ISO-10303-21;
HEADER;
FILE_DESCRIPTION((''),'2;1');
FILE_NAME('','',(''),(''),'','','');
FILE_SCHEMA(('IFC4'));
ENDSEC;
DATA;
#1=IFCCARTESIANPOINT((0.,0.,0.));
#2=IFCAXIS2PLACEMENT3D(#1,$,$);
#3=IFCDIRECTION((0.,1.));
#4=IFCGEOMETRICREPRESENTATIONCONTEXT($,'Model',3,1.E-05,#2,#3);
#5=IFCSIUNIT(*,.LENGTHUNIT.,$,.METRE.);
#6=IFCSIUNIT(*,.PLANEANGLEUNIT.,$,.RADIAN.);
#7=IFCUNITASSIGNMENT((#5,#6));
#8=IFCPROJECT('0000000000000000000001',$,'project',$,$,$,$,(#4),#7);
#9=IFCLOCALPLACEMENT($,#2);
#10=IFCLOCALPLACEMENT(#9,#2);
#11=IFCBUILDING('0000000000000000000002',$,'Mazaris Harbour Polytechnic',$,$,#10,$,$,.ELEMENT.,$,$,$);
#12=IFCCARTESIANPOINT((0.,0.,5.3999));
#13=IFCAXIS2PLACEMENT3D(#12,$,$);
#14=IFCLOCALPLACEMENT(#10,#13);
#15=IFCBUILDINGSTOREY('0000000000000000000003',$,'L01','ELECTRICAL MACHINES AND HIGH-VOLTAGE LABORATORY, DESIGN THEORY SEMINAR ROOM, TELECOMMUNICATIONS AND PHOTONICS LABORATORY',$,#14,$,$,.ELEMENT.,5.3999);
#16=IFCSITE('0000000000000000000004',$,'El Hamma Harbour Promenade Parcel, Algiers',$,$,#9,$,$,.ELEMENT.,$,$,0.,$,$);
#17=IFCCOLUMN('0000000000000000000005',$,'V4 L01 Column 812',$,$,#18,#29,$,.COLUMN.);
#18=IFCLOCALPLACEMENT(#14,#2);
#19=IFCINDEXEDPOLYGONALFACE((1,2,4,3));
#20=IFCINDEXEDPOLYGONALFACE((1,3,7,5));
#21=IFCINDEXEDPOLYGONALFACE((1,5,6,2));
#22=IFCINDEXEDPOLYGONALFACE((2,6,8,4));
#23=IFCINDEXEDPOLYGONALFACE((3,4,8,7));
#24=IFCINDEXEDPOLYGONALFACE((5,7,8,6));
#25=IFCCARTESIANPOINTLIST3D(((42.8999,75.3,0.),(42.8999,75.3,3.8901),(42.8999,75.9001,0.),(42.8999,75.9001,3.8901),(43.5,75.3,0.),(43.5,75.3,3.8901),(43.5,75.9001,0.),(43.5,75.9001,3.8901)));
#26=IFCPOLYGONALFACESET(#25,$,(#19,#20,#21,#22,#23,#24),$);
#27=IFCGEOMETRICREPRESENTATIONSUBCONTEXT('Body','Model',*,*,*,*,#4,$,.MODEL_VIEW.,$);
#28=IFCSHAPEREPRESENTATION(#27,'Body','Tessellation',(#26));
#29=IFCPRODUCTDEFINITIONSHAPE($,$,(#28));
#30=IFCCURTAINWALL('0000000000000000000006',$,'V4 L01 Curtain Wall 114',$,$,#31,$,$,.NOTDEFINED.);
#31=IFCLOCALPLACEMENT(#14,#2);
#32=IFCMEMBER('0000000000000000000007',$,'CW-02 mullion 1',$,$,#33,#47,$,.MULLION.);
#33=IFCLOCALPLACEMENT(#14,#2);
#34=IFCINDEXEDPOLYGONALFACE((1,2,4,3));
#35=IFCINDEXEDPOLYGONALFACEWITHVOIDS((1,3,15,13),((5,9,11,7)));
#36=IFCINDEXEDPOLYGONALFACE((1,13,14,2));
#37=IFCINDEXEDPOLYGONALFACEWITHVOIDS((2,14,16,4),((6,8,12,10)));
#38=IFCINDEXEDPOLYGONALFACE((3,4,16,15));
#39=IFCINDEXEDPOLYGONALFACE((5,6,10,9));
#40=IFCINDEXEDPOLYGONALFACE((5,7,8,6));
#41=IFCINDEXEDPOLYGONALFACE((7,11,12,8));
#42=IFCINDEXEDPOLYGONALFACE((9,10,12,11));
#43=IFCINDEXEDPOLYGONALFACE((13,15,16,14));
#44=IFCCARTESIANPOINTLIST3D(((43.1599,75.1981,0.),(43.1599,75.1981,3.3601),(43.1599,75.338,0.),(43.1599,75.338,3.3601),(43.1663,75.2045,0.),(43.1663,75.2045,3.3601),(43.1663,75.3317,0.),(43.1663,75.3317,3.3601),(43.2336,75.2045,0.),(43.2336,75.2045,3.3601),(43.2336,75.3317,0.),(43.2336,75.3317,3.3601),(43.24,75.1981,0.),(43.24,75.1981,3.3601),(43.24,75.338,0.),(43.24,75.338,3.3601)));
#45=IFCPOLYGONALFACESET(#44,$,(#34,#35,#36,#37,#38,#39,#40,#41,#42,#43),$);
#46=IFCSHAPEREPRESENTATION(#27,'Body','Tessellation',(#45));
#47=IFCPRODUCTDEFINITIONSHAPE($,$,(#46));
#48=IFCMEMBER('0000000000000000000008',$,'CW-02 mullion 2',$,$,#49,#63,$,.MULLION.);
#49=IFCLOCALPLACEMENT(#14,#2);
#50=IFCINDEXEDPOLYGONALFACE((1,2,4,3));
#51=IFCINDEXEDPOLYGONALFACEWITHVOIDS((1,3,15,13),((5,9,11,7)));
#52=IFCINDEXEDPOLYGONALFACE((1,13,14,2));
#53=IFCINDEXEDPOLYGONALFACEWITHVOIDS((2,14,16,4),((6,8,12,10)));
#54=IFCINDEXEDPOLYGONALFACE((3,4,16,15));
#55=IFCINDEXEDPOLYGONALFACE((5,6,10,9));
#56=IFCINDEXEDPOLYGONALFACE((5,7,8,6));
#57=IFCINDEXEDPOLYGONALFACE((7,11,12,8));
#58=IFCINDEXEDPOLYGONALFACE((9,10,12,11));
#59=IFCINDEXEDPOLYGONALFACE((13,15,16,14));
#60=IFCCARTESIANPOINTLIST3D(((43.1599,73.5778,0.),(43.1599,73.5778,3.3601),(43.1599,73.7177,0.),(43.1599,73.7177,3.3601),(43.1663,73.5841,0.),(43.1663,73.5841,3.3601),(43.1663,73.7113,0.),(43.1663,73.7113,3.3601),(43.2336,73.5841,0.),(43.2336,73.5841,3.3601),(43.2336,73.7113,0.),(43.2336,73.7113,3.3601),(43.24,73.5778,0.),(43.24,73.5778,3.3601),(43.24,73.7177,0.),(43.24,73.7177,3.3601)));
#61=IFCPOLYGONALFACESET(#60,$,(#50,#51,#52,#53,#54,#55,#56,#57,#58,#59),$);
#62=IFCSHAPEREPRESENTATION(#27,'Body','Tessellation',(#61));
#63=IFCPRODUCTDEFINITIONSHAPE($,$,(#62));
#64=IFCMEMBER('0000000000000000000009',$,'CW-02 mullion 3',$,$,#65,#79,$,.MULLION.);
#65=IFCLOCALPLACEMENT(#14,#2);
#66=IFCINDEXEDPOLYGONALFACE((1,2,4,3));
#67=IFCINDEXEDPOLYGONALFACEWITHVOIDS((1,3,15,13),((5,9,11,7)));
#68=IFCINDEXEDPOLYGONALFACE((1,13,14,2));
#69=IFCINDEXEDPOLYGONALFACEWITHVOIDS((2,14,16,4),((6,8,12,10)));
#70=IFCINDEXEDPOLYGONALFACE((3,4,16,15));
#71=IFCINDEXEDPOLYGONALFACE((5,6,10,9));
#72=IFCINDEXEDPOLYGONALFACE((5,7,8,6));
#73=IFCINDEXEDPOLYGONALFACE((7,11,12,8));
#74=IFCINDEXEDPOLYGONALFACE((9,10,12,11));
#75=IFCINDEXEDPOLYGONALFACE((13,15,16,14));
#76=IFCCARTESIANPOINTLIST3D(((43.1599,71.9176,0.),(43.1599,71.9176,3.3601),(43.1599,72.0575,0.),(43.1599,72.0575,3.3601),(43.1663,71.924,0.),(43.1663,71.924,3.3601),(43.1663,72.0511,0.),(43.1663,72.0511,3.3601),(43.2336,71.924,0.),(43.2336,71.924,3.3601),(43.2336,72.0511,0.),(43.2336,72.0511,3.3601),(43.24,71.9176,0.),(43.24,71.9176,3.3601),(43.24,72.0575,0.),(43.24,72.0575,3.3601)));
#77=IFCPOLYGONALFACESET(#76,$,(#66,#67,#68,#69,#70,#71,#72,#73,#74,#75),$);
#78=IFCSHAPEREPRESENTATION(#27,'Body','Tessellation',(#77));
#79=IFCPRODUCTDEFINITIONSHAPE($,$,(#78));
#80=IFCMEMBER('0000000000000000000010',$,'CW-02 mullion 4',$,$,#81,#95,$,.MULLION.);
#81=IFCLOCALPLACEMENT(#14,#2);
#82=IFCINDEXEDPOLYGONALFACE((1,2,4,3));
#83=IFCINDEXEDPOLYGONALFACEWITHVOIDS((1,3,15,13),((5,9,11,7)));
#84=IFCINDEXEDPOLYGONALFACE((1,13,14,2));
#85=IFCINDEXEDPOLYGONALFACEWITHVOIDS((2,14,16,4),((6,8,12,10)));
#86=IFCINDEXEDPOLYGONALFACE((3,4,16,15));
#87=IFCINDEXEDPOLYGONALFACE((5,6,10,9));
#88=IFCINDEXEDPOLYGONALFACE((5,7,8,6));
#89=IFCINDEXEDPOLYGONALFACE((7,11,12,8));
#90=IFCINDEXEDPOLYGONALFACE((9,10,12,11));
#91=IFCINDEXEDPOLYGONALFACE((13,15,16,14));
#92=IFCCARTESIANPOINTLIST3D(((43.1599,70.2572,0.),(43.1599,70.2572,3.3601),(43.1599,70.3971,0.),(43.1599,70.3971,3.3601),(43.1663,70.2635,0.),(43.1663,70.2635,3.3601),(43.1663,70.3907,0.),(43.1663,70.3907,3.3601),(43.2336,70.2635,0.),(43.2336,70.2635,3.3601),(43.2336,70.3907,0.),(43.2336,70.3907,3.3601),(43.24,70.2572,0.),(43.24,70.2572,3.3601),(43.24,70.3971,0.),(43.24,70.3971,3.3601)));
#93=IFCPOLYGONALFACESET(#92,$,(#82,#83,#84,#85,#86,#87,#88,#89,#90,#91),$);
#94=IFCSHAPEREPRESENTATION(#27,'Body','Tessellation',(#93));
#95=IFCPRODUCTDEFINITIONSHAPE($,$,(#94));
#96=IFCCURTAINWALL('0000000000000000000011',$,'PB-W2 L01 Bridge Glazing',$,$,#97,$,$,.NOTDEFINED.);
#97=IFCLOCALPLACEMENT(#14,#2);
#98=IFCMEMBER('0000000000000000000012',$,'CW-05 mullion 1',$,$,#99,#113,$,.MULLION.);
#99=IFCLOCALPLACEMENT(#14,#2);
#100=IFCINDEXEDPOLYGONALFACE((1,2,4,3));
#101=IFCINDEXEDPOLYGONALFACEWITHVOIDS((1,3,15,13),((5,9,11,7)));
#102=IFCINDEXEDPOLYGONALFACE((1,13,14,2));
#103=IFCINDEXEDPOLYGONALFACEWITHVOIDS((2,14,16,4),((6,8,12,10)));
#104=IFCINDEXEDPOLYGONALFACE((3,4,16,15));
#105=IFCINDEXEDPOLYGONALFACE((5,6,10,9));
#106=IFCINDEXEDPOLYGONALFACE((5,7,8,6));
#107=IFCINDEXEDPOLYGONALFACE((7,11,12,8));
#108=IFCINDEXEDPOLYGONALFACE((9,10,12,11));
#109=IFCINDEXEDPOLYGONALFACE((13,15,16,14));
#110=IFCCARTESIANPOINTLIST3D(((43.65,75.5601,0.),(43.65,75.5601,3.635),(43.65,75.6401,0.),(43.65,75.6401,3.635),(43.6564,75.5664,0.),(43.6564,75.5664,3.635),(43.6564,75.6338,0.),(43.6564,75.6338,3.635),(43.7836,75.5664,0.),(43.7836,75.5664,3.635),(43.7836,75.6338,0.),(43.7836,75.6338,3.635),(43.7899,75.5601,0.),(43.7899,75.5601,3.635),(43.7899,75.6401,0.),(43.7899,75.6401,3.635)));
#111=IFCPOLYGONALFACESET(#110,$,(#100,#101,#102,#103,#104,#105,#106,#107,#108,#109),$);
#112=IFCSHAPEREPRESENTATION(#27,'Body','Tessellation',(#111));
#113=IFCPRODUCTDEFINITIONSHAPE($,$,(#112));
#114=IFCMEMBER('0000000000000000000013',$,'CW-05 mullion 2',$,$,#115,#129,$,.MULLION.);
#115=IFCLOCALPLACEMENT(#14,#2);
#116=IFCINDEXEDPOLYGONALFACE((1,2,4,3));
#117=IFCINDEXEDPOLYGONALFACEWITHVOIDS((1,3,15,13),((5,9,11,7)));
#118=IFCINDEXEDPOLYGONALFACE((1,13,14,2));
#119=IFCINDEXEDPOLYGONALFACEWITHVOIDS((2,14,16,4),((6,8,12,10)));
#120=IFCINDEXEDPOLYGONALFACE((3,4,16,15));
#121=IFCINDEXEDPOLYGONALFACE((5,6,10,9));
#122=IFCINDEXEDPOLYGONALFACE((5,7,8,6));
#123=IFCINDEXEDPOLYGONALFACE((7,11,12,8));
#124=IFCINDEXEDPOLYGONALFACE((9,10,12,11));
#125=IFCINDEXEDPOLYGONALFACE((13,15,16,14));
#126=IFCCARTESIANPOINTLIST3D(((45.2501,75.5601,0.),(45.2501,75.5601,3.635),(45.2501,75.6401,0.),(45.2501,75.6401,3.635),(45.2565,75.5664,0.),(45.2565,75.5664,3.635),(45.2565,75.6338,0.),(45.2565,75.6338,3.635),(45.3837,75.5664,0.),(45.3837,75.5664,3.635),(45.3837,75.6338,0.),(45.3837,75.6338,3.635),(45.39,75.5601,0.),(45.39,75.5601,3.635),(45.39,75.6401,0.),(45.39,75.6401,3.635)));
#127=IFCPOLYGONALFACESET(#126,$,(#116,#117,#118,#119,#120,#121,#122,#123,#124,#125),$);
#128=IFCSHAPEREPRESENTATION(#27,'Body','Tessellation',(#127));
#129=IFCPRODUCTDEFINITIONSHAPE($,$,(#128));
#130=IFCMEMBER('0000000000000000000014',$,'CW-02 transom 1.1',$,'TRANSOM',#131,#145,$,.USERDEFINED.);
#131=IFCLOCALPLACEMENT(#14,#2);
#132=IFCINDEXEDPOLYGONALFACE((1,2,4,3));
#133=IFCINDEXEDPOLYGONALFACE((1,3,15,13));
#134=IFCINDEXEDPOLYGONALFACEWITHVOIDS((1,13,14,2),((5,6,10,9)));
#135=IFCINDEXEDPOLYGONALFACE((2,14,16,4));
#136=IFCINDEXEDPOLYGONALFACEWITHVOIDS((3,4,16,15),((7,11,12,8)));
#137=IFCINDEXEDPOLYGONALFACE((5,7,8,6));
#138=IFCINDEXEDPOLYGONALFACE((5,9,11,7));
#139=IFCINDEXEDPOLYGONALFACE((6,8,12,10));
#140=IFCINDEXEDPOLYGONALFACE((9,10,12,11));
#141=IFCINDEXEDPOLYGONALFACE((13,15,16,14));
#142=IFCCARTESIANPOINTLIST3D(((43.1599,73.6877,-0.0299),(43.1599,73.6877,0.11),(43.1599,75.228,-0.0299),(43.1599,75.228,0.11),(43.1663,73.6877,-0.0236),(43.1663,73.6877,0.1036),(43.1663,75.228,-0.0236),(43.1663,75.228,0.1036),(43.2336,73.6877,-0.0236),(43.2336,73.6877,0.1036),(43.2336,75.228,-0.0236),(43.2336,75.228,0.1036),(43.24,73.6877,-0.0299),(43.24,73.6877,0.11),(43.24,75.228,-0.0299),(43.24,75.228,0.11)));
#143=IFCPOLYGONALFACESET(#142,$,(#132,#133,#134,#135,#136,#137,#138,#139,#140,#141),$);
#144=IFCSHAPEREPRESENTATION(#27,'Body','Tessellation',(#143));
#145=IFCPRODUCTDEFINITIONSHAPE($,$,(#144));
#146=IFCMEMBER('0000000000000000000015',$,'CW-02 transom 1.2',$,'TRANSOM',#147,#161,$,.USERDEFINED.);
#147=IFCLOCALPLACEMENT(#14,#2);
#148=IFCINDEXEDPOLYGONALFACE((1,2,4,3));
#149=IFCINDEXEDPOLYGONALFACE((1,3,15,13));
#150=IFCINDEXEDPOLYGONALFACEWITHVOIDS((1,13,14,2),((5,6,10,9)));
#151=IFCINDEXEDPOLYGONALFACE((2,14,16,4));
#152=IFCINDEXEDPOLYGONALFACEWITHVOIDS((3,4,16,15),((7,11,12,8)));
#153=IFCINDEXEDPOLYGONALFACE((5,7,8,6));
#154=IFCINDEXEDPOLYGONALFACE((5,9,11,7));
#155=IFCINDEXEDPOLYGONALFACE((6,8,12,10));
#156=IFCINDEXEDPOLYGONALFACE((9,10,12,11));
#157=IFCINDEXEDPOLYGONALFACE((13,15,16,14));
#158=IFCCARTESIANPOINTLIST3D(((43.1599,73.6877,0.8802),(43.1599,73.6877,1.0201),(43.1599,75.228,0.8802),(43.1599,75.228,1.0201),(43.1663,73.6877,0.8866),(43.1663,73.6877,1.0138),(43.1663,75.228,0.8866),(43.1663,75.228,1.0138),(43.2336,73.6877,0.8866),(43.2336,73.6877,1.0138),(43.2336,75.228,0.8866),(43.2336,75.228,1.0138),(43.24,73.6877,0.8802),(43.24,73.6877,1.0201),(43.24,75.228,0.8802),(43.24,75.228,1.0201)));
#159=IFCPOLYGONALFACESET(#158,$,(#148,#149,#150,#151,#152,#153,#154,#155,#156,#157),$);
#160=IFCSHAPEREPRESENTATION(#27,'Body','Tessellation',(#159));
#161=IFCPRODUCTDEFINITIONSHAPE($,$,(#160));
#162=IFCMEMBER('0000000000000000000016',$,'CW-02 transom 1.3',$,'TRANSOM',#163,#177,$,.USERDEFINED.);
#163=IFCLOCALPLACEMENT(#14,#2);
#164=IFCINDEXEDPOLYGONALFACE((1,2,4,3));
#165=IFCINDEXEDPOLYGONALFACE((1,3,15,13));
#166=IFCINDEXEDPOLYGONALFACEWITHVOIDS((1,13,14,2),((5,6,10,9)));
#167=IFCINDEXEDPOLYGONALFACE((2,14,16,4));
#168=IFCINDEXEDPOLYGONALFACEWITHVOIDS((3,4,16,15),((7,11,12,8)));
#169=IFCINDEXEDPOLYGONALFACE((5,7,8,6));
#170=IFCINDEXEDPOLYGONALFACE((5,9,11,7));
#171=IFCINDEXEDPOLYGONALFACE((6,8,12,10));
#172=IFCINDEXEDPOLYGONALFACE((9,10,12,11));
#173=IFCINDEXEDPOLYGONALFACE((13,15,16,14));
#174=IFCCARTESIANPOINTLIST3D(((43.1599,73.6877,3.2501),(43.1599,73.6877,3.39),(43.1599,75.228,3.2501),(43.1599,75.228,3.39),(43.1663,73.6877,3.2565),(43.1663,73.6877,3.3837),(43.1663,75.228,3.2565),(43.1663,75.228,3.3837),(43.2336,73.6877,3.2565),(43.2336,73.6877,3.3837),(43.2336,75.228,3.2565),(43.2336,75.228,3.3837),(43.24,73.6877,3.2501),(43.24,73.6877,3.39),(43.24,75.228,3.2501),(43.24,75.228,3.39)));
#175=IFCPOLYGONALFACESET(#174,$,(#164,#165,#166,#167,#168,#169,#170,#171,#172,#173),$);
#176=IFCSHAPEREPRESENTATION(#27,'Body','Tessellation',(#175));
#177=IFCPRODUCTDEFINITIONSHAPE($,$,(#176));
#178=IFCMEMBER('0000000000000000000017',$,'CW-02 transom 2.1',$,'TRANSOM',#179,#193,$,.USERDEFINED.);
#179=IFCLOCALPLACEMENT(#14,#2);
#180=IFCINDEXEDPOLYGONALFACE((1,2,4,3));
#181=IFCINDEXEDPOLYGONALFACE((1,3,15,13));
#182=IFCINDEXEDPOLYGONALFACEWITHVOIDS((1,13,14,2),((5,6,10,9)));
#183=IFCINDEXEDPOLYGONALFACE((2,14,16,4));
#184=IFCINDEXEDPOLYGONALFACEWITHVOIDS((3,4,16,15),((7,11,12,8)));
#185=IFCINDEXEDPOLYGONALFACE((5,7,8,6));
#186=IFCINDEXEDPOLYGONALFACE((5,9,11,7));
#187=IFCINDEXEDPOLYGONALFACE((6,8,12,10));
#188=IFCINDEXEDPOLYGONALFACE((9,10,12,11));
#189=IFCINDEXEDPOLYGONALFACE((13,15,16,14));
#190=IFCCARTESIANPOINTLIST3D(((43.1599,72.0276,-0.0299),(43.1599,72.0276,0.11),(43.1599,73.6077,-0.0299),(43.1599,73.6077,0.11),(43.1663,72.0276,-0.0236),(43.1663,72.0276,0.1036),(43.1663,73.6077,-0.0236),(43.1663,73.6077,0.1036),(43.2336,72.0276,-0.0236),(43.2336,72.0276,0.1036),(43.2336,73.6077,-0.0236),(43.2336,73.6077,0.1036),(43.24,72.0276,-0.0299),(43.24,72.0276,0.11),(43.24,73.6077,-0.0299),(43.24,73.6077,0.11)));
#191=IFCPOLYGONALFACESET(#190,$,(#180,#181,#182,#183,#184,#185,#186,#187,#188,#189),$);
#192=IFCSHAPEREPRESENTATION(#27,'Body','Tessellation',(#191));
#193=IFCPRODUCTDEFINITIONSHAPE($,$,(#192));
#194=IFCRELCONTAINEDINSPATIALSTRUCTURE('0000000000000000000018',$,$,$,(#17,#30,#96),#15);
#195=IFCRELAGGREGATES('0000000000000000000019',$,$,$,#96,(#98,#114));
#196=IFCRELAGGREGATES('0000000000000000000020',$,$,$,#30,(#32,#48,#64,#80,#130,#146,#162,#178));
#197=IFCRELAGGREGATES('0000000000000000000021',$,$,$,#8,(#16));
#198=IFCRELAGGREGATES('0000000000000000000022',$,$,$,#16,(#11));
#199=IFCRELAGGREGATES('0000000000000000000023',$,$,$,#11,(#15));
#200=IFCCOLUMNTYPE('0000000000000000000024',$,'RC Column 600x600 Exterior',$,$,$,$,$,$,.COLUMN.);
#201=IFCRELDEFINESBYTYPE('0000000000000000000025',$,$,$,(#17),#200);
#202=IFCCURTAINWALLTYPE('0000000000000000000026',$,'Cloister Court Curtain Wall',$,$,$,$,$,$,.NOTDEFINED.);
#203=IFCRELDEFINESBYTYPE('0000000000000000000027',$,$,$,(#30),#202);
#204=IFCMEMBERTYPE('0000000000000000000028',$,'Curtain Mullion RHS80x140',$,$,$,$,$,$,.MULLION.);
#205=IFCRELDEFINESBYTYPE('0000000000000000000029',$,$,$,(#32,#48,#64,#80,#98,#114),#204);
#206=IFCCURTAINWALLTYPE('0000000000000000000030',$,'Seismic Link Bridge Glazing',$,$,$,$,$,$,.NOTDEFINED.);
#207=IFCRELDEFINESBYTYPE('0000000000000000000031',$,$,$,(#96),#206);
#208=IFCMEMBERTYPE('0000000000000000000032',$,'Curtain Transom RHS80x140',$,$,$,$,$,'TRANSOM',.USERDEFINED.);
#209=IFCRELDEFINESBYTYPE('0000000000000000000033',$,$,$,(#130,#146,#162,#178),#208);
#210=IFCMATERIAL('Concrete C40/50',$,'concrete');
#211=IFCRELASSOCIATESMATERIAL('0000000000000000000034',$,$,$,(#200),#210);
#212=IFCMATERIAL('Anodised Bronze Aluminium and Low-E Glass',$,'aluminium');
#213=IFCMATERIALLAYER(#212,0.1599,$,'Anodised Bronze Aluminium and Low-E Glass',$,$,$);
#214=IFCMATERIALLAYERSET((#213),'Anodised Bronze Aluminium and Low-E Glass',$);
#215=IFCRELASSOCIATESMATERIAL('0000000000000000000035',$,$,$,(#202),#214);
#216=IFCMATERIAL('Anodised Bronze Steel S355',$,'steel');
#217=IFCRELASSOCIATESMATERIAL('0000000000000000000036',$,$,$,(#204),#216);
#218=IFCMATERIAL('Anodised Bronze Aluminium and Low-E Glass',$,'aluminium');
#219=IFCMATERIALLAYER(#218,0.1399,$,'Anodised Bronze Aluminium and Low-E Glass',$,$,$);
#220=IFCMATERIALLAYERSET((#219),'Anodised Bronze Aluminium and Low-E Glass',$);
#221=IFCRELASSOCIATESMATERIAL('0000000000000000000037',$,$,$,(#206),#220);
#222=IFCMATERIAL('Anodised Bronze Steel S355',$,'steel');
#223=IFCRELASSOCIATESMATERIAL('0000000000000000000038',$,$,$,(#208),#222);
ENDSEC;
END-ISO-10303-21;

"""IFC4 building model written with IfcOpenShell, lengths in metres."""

from ifc_helpers import new_model, si_unit, direction, frame, origin, origin_2d, place, context, subcontext, project, spatial, rectangle, hollow_rectangle, extrude, material, layer, layer_set, material_profile, profile_set, type_object, element, aggregate, save


model = new_model("IFC4")

# Units and contexts
model_context = context("Model", 3, precision=1e-05, world=origin(), true_north=direction((0.0, 1.0)))
body_context = subcontext(model_context, "Body", "Model", "MODEL_VIEW")
ifc_project = project(units=[si_unit("LENGTHUNIT", "METRE"), si_unit("PLANEANGLEUNIT", "RADIAN")], contexts=[model_context])

# Site, building, storey
site_placement = place(None, origin())
site = spatial("IfcSite", under=ifc_project, at=site_placement, Name="El Hamma Harbour Promenade Parcel, Algiers", CompositionType="ELEMENT", RefElevation=0.0)
building_placement = place(site_placement, origin())
building = spatial("IfcBuilding", under=site, at=building_placement, Name="Mazaris Harbour Polytechnic", CompositionType="ELEMENT")
storey_placement = place(building_placement, frame((0.0, 0.0, 5.3999)))
storey = spatial("IfcBuildingStorey", under=building, at=storey_placement, Name="L01", Description="ELECTRICAL MACHINES AND HIGH-VOLTAGE LABORATORY, DESIGN THEORY SEMINAR ROOM, TELECOMMUNICATIONS AND PHOTONICS LABORATORY", CompositionType="ELEMENT", Elevation=5.3999)

# Column
ifc_material_1 = material(Name="Concrete C40/50", Category="concrete")
ifc_material_profile_1 = material_profile(ifc_material_1, rectangle(XDim=0.6001, YDim=0.6001, at=origin_2d()), Name="RECT600x600")
ifc_profile_set_1 = profile_set([ifc_material_profile_1], Name="Concrete C40/50")
column_type = type_object("IfcColumnType", Name="RC Column 600x600 Exterior", PredefinedType="COLUMN", material=ifc_profile_set_1)
column_placement = place(storey_placement, frame((43.2, 75.6001, 0.0), z_axis=(0.0, 0.0, 1.0), x_axis=(1.0, 0.0, 0.0)))
element("IfcColumn", 1, at=column_placement, inside=storey, type_object=column_type, Name="V4 L01 Column 812", PredefinedType="COLUMN", context=body_context, shape_type="SweptSolid", body=[
    extrude(rectangle(XDim=0.6001, YDim=0.6001, at=origin_2d()), origin(), (0.0, 0.0, 1.0), 3.8901),
])

# Curtain walls, members
ifc_material_2 = material(Name="Anodised Bronze Aluminium and Low-E Glass", Category="aluminium")
ifc_layer_1 = layer(ifc_material_2, 0.1599, Name="Anodised Bronze Aluminium and Low-E Glass")
ifc_layer_set_1 = layer_set([ifc_layer_1], Name="Anodised Bronze Aluminium and Low-E Glass")
curtain_wall_type_1 = type_object("IfcCurtainWallType", Name="Cloister Court Curtain Wall", PredefinedType="NOTDEFINED", material=ifc_layer_set_1)
curtain_wall_1_placement = place(storey_placement, origin())
curtain_wall_1 = element("IfcCurtainWall", 2, at=curtain_wall_1_placement, inside=storey, type_object=curtain_wall_type_1, Name="V4 L01 Curtain Wall 114", PredefinedType="NOTDEFINED")
ifc_material_3 = material(Name="Anodised Bronze Steel S355", Category="steel")
ifc_material_profile_2 = material_profile(ifc_material_3, hollow_rectangle(XDim=0.0801, YDim=0.1399, WallThickness=0.0063, at=origin_2d()), Name="RHS 80x140x6.3")
ifc_profile_set_2 = profile_set([ifc_material_profile_2], Name="Anodised Bronze Steel S355")
member_type_1 = type_object("IfcMemberType", Name="Curtain Mullion RHS80x140", PredefinedType="MULLION", material=ifc_profile_set_2)
member_1_placement = place(storey_placement, frame((43.2, 75.2681, 0.0), z_axis=(0.0, 0.0, 1.0), x_axis=(1.0, 0.0, 0.0)))
member_1 = element("IfcMember", 3, at=member_1_placement, type_object=member_type_1, Name="CW-02 mullion 1", PredefinedType="MULLION", context=body_context, shape_type="SweptSolid", body=[
    extrude(hollow_rectangle(XDim=0.0801, YDim=0.1399, WallThickness=0.0063, at=origin_2d()), origin(), (0.0, 0.0, 1.0), 3.3601),
])
member_2_placement = place(storey_placement, frame((43.2, 73.6477, 0.0), z_axis=(0.0, 0.0, 1.0), x_axis=(1.0, 0.0, 0.0)))
member_2 = element("IfcMember", 4, at=member_2_placement, type_object=member_type_1, Name="CW-02 mullion 2", PredefinedType="MULLION", context=body_context, shape_type="SweptSolid", body=[
    extrude(hollow_rectangle(XDim=0.0801, YDim=0.1399, WallThickness=0.0063, at=origin_2d()), origin(), (0.0, 0.0, 1.0), 3.3601),
])
member_3_placement = place(storey_placement, frame((43.2, 71.9875, 0.0), z_axis=(0.0, 0.0, 1.0), x_axis=(1.0, 0.0, 0.0)))
member_3 = element("IfcMember", 5, at=member_3_placement, type_object=member_type_1, Name="CW-02 mullion 3", PredefinedType="MULLION", context=body_context, shape_type="SweptSolid", body=[
    extrude(hollow_rectangle(XDim=0.0801, YDim=0.1399, WallThickness=0.0063, at=origin_2d()), origin(), (0.0, 0.0, 1.0), 3.3601),
])
member_4_placement = place(storey_placement, frame((43.2, 70.3271, 0.0), z_axis=(0.0, 0.0, 1.0), x_axis=(1.0, 0.0, 0.0)))
member_4 = element("IfcMember", 6, at=member_4_placement, type_object=member_type_1, Name="CW-02 mullion 4", PredefinedType="MULLION", context=body_context, shape_type="SweptSolid", body=[
    extrude(hollow_rectangle(XDim=0.0801, YDim=0.1399, WallThickness=0.0063, at=origin_2d()), origin(), (0.0, 0.0, 1.0), 3.3601),
])
ifc_material_4 = material(Name="Anodised Bronze Aluminium and Low-E Glass", Category="aluminium")
ifc_layer_2 = layer(ifc_material_4, 0.1399, Name="Anodised Bronze Aluminium and Low-E Glass")
ifc_layer_set_2 = layer_set([ifc_layer_2], Name="Anodised Bronze Aluminium and Low-E Glass")
curtain_wall_type_2 = type_object("IfcCurtainWallType", Name="Seismic Link Bridge Glazing", PredefinedType="NOTDEFINED", material=ifc_layer_set_2)
curtain_wall_2_placement = place(storey_placement, origin())
curtain_wall_2 = element("IfcCurtainWall", 7, at=curtain_wall_2_placement, inside=storey, type_object=curtain_wall_type_2, Name="PB-W2 L01 Bridge Glazing", PredefinedType="NOTDEFINED")
member_5_placement = place(storey_placement, frame((43.72, 75.6001, 0.0), z_axis=(0.0, 0.0, 1.0), x_axis=(0.0, 1.0, 0.0)))
member_5 = element("IfcMember", 8, at=member_5_placement, type_object=member_type_1, Name="CW-05 mullion 1", PredefinedType="MULLION", context=body_context, shape_type="SweptSolid", body=[
    extrude(hollow_rectangle(XDim=0.0801, YDim=0.1399, WallThickness=0.0063, at=origin_2d()), origin(), (0.0, 0.0, 1.0), 3.635),
])
member_6_placement = place(storey_placement, frame((45.3201, 75.6001, 0.0), z_axis=(0.0, 0.0, 1.0), x_axis=(0.0, 1.0, 0.0)))
member_6 = element("IfcMember", 9, at=member_6_placement, type_object=member_type_1, Name="CW-05 mullion 2", PredefinedType="MULLION", context=body_context, shape_type="SweptSolid", body=[
    extrude(hollow_rectangle(XDim=0.0801, YDim=0.1399, WallThickness=0.0063, at=origin_2d()), origin(), (0.0, 0.0, 1.0), 3.635),
])

# Members
ifc_material_5 = material(Name="Anodised Bronze Steel S355", Category="steel")
ifc_material_profile_3 = material_profile(ifc_material_5, hollow_rectangle(XDim=0.0801, YDim=0.1399, WallThickness=0.0063, at=origin_2d()), Name="RHS 80x140x6.3")
ifc_profile_set_3 = profile_set([ifc_material_profile_3], Name="Anodised Bronze Steel S355")
member_type_2 = type_object("IfcMemberType", Name="Curtain Transom RHS80x140", ElementType="TRANSOM", PredefinedType="USERDEFINED", material=ifc_profile_set_3)
member_7_placement = place(storey_placement, frame((43.2, 75.228, 0.04), z_axis=(0.0, -1.0, 0.0), x_axis=(1.0, 0.0, 0.0)))
member_7 = element("IfcMember", 10, at=member_7_placement, type_object=member_type_2, Name="CW-02 transom 1.1", ObjectType="TRANSOM", PredefinedType="USERDEFINED", context=body_context, shape_type="SweptSolid", body=[
    extrude(hollow_rectangle(XDim=0.0801, YDim=0.1399, WallThickness=0.0063, at=origin_2d()), origin(), (0.0, 0.0, 1.0), 1.5403),
])
member_8_placement = place(storey_placement, frame((43.2, 75.228, 0.9502), z_axis=(0.0, -1.0, 0.0), x_axis=(1.0, 0.0, 0.0)))
member_8 = element("IfcMember", 11, at=member_8_placement, type_object=member_type_2, Name="CW-02 transom 1.2", ObjectType="TRANSOM", PredefinedType="USERDEFINED", context=body_context, shape_type="SweptSolid", body=[
    extrude(hollow_rectangle(XDim=0.0801, YDim=0.1399, WallThickness=0.0063, at=origin_2d()), origin(), (0.0, 0.0, 1.0), 1.5403),
])
member_9_placement = place(storey_placement, frame((43.2, 75.228, 3.3201), z_axis=(0.0, -1.0, 0.0), x_axis=(1.0, 0.0, 0.0)))
member_9 = element("IfcMember", 12, at=member_9_placement, type_object=member_type_2, Name="CW-02 transom 1.3", ObjectType="TRANSOM", PredefinedType="USERDEFINED", context=body_context, shape_type="SweptSolid", body=[
    extrude(hollow_rectangle(XDim=0.0801, YDim=0.1399, WallThickness=0.0063, at=origin_2d()), origin(), (0.0, 0.0, 1.0), 1.5403),
])
member_10_placement = place(storey_placement, frame((43.2, 73.6077, 0.04), z_axis=(0.0, -1.0, 0.0), x_axis=(1.0, 0.0, 0.0)))
member_10 = element("IfcMember", 13, at=member_10_placement, type_object=member_type_2, Name="CW-02 transom 2.1", ObjectType="TRANSOM", PredefinedType="USERDEFINED", context=body_context, shape_type="SweptSolid", body=[
    extrude(hollow_rectangle(XDim=0.0801, YDim=0.1399, WallThickness=0.0063, at=origin_2d()), origin(), (0.0, 0.0, 1.0), 1.5801),
])

aggregate(curtain_wall_2, [member_5, member_6])
aggregate(curtain_wall_1, [member_1, member_2, member_3, member_4, member_7, member_8, member_9, member_10])

save(model, "model.ifc")
